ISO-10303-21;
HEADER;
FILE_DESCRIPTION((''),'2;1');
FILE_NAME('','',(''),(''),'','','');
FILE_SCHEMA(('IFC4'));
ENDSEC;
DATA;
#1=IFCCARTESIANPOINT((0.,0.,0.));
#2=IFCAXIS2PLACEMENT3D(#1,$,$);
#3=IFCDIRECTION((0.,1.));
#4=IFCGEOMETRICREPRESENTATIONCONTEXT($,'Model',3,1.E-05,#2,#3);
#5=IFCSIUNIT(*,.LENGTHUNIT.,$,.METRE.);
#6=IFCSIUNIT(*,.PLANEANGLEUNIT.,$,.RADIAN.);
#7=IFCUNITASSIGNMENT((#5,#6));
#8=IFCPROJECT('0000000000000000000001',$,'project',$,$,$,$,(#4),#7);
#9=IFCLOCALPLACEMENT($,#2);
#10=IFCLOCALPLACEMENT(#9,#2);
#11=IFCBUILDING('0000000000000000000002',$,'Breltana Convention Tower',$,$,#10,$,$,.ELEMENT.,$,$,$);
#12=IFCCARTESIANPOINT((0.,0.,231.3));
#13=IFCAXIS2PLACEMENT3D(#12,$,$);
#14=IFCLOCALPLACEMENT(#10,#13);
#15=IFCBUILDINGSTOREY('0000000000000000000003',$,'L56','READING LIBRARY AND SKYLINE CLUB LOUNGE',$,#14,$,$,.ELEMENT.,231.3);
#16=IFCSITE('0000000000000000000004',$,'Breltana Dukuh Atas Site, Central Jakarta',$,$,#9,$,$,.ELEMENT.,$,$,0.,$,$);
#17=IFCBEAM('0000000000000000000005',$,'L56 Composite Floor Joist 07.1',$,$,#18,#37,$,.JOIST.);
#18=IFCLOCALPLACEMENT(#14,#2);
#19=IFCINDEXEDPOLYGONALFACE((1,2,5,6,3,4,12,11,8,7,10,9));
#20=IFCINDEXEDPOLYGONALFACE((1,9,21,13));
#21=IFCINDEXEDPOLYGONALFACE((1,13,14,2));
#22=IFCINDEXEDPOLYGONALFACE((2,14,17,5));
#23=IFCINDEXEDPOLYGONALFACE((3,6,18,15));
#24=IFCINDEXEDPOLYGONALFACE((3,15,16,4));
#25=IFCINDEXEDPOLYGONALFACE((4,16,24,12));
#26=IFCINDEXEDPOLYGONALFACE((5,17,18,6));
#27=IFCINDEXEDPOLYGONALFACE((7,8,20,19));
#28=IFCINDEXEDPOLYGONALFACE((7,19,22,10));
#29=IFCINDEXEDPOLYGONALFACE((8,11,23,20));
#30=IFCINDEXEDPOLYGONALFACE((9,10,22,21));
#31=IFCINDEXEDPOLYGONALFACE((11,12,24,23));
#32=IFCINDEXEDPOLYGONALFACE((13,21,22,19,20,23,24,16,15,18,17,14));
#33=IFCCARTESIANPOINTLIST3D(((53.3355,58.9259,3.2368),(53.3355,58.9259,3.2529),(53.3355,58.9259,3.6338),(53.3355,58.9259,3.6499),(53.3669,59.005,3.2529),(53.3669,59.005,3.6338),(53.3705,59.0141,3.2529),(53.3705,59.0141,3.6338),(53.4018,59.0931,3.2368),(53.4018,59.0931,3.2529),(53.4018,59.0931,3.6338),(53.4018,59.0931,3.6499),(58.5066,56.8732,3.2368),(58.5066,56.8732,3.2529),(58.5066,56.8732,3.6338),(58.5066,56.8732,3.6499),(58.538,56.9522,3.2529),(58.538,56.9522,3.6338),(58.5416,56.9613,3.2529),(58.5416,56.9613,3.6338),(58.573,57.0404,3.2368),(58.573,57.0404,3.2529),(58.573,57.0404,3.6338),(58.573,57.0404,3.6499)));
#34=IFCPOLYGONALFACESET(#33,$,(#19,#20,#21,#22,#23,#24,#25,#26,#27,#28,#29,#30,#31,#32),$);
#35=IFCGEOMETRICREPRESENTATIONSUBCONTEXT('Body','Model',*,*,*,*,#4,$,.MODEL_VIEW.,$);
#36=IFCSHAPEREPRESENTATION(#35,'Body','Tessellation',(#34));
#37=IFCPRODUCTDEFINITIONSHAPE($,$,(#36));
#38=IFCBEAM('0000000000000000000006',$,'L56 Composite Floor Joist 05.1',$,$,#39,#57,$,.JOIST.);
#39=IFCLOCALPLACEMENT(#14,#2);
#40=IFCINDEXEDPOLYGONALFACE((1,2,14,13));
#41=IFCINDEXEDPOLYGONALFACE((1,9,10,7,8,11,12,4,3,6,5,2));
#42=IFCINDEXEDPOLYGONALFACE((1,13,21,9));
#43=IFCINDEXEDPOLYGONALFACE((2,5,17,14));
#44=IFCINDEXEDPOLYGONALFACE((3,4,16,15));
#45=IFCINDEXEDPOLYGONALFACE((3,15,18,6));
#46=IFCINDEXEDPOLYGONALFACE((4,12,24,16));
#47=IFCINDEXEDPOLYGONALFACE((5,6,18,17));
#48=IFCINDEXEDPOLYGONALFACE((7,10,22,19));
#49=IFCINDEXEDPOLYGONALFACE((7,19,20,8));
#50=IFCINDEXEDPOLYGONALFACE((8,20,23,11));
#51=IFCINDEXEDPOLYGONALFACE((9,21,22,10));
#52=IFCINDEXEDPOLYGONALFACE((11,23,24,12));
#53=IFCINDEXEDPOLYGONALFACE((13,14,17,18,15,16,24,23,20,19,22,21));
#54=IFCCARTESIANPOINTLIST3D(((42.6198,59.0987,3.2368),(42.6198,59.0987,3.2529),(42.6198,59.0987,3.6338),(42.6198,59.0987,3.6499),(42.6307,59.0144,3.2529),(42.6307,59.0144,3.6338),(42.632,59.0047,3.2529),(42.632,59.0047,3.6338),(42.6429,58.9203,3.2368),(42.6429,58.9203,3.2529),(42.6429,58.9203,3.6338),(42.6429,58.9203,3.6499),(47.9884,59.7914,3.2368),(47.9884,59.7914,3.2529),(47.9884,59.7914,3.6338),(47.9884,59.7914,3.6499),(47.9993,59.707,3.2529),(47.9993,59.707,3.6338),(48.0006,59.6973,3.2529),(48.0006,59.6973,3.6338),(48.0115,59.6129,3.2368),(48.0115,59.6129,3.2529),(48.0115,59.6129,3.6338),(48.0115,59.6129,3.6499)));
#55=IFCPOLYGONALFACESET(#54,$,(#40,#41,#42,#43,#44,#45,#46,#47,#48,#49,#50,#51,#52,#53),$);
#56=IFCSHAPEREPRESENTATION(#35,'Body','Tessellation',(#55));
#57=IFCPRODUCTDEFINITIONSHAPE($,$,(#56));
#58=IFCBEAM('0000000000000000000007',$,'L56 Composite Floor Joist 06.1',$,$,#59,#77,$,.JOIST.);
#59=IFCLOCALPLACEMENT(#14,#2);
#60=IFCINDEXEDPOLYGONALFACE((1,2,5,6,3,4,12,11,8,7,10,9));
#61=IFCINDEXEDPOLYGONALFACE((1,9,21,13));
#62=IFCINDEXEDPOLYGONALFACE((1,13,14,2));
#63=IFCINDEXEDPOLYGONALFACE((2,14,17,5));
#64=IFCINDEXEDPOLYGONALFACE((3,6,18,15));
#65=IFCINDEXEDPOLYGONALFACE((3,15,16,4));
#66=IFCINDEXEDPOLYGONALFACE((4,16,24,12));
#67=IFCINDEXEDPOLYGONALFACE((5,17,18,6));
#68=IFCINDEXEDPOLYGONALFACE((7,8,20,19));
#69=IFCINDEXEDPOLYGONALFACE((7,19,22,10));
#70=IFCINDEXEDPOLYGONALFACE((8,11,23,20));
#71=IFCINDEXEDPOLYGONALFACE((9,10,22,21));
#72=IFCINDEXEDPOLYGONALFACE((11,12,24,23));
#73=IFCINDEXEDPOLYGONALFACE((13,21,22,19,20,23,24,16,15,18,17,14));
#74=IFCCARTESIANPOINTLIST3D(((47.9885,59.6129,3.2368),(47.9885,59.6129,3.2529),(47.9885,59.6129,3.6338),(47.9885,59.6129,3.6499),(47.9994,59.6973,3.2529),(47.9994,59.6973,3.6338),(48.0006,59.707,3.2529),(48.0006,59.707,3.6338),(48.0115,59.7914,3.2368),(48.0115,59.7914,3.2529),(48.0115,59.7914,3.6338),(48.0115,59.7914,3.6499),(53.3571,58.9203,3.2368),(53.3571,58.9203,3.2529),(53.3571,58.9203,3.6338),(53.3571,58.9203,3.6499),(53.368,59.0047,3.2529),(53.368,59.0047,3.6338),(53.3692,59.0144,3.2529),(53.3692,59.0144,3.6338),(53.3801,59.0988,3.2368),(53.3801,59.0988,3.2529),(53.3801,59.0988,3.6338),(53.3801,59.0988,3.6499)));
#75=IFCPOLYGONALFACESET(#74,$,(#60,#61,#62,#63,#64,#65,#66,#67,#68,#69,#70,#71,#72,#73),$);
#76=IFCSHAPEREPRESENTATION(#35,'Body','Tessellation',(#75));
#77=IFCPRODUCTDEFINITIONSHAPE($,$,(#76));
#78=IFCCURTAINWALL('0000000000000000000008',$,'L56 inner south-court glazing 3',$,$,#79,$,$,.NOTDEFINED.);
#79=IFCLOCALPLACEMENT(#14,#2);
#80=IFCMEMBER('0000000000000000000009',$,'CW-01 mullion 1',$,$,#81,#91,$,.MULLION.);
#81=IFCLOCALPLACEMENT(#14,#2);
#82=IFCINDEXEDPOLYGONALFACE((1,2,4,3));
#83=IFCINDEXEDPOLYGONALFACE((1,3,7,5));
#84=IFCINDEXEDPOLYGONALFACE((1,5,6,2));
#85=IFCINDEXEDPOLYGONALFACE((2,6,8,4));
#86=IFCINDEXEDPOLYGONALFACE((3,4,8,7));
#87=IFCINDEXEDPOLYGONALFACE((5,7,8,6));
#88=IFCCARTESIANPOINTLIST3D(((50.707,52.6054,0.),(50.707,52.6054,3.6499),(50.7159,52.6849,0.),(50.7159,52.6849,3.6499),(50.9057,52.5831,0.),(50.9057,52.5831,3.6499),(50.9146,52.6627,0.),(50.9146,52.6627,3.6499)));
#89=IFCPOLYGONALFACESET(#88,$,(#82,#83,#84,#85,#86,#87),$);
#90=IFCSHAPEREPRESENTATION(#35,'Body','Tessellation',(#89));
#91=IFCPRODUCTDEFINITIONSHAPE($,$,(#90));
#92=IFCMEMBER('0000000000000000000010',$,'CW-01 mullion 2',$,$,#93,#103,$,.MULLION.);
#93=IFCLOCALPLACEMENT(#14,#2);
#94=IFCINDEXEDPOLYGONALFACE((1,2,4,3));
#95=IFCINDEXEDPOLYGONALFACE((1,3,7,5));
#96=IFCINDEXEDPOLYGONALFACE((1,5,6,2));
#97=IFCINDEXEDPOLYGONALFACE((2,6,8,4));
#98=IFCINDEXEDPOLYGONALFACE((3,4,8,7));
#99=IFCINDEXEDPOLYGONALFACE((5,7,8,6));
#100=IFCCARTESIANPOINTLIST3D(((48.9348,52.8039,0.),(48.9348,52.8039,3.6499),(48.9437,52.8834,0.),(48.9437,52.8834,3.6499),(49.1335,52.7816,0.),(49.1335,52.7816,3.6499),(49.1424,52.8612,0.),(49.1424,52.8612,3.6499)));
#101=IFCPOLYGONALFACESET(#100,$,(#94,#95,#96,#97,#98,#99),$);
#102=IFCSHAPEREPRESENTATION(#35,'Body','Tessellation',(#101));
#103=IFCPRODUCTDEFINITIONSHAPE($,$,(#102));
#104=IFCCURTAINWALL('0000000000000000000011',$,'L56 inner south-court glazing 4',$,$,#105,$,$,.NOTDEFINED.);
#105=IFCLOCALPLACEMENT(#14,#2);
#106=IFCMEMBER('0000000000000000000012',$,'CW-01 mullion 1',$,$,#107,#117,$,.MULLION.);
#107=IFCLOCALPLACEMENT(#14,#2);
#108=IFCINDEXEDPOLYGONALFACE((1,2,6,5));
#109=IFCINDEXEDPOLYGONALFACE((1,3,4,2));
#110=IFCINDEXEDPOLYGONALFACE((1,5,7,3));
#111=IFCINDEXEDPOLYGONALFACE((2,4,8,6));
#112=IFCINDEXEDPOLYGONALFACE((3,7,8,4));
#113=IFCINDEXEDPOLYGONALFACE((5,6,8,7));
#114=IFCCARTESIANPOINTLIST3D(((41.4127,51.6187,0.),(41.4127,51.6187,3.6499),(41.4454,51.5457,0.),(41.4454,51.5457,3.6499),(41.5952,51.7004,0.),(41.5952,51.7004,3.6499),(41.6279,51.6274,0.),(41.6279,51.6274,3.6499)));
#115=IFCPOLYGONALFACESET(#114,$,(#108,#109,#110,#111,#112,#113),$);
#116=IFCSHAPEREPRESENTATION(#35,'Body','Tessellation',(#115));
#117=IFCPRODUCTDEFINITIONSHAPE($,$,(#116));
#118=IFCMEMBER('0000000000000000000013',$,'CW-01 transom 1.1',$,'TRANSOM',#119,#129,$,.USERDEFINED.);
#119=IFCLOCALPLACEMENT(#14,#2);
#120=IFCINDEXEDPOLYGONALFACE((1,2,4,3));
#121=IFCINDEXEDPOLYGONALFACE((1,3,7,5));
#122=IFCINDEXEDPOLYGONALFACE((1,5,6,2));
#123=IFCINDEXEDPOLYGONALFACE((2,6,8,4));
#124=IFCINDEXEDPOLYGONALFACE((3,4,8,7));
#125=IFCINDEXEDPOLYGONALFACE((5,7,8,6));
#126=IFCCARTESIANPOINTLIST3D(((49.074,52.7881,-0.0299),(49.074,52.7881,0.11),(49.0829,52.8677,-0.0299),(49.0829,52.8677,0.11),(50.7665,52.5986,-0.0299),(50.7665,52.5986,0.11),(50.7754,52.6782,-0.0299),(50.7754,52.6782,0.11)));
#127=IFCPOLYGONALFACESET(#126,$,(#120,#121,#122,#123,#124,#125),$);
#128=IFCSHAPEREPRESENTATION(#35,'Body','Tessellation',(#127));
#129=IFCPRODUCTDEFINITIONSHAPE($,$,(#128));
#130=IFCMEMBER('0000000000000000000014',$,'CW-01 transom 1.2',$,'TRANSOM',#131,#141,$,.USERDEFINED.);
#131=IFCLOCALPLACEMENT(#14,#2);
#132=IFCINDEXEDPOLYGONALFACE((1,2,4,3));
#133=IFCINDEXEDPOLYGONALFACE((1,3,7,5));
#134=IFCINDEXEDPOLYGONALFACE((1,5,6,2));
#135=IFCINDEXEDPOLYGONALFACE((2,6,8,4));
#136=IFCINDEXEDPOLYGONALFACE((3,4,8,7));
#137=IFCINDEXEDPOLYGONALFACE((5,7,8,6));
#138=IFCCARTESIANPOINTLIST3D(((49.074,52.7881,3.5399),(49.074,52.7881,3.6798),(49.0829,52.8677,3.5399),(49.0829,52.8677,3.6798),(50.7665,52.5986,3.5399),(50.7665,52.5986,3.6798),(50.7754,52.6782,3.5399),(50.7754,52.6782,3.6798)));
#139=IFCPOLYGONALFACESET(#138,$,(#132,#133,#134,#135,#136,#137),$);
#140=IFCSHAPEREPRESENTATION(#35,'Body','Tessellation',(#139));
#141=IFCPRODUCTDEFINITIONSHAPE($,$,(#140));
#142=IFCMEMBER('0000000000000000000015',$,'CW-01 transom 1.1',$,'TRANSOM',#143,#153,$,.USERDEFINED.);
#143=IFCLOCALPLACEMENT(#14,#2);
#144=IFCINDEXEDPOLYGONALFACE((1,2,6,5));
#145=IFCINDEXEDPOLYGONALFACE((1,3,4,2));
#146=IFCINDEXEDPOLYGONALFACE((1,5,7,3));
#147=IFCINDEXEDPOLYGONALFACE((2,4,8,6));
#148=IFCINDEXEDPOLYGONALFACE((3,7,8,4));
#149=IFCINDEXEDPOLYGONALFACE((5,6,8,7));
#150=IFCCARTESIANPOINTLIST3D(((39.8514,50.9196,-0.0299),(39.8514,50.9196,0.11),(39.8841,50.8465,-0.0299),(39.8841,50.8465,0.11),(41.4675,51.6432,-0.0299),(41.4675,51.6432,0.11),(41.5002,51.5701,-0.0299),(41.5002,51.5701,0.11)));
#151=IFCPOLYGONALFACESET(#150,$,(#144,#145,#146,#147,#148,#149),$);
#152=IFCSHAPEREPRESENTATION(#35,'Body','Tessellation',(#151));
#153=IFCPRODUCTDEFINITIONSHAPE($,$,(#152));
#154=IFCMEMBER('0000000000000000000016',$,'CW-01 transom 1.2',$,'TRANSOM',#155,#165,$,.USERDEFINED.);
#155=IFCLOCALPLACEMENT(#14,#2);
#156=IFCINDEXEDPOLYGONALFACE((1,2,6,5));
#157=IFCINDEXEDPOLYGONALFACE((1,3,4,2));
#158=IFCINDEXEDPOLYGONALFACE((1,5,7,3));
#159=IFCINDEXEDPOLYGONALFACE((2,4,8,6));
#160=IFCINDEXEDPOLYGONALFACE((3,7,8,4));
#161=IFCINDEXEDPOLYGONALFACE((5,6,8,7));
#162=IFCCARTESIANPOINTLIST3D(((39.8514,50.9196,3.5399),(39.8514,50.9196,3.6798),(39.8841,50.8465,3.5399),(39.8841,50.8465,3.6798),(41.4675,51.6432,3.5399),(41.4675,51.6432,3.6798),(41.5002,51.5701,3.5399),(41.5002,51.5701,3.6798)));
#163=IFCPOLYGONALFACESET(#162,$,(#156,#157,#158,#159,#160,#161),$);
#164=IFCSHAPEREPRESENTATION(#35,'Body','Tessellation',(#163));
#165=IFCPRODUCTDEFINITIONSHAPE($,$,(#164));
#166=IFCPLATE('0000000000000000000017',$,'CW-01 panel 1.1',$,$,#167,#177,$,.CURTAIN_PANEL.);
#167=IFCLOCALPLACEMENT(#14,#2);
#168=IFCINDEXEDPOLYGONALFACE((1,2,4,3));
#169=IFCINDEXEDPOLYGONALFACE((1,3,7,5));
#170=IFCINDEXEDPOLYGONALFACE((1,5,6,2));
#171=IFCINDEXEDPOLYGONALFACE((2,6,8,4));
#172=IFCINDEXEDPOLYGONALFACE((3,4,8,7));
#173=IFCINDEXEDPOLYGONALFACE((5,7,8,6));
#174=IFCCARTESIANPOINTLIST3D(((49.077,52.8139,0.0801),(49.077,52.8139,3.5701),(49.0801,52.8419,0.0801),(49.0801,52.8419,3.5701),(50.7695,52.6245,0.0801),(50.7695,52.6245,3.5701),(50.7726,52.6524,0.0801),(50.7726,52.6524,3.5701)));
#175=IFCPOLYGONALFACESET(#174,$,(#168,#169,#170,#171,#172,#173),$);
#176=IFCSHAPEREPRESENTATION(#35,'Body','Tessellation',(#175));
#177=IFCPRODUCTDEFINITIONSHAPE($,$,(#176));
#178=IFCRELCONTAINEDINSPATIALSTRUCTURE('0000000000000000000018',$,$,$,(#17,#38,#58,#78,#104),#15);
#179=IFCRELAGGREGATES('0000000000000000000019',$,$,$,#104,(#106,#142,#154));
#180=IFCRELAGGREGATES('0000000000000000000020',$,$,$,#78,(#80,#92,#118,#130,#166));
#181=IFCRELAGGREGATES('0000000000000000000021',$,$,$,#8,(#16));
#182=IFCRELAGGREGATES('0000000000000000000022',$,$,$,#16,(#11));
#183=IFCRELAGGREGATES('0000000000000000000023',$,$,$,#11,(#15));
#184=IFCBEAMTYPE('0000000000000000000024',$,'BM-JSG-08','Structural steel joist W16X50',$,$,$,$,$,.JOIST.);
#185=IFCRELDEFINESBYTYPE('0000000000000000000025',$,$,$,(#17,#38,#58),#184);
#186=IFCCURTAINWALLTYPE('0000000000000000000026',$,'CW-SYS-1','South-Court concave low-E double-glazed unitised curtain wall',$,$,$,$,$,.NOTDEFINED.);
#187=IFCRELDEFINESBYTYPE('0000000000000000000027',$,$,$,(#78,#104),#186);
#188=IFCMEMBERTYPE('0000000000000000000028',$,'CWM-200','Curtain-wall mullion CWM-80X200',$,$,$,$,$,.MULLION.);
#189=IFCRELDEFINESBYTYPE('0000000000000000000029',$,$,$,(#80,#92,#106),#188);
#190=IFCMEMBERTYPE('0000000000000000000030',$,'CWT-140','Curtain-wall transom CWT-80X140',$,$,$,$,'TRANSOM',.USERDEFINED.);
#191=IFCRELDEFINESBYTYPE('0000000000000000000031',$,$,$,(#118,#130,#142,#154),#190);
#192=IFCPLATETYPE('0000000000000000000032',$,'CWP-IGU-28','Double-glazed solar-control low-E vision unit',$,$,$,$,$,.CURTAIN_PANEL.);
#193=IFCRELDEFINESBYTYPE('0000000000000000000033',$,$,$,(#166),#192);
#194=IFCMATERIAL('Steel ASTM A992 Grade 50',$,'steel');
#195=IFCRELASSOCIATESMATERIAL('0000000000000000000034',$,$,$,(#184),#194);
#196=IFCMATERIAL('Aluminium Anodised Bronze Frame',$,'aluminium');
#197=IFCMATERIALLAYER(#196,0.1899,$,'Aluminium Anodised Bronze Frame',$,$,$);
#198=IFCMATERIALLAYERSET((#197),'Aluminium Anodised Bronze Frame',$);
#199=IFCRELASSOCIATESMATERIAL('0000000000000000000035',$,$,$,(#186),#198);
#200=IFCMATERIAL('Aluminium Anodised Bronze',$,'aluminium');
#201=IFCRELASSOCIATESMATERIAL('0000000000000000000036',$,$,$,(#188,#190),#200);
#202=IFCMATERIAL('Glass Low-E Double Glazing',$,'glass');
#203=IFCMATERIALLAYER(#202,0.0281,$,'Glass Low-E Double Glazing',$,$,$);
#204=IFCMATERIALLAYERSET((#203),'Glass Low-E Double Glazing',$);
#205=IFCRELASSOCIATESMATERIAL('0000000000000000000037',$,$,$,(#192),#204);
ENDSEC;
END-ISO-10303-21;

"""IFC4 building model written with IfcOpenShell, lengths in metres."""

from ifc_helpers import new_model, si_unit, direction, frame, origin, origin_2d, place, context, subcontext, project, spatial, rectangle, i_section, extrude, source, transform, mapped, material, layer, layer_set, material_profile, profile_set, type_object, element, aggregate, save


model = new_model("IFC4")

# Units and contexts
model_context = context("Model", 3, precision=1e-05, world=origin(), true_north=direction((0.0, 1.0)))
body_context = subcontext(model_context, "Body", "Model", "MODEL_VIEW")
ifc_project = project(units=[si_unit("LENGTHUNIT", "METRE"), si_unit("PLANEANGLEUNIT", "RADIAN")], contexts=[model_context])

# Site, building, storey
site_placement = place(None, origin())
site = spatial("IfcSite", under=ifc_project, at=site_placement, Name="Breltana Dukuh Atas Site, Central Jakarta", CompositionType="ELEMENT", RefElevation=0.0)
building_placement = place(site_placement, origin())
building = spatial("IfcBuilding", under=site, at=building_placement, Name="Breltana Convention Tower", CompositionType="ELEMENT")
storey_placement = place(building_placement, frame((0.0, 0.0, 231.3)))
storey = spatial("IfcBuildingStorey", under=building, at=storey_placement, Name="L56", Description="READING LIBRARY AND SKYLINE CLUB LOUNGE", CompositionType="ELEMENT", Elevation=231.3)

# Shared definitions
ifc_material_1 = material(Name="Steel ASTM A992 Grade 50", Category="steel")

# Beams
ifc_material_profile_1 = material_profile(ifc_material_1, i_section(OverallWidth=0.1799, OverallDepth=0.4131, WebThickness=0.0098, FlangeThickness=0.0161, at=origin_2d()), Name="W16X50")
ifc_profile_set_1 = profile_set([ifc_material_profile_1], Name="Steel ASTM A992 Grade 50")
beam_type_1 = type_object("IfcBeamType", Name="BM-JSG-08", Description="Structural steel joist W16X50", PredefinedType="JOIST", material=ifc_profile_set_1)
shared_shape_1 = source(origin(), body_context, "Body", "SweptSolid", [
    extrude(i_section(OverallWidth=0.1799, OverallDepth=0.4131, WebThickness=0.0098, FlangeThickness=0.0161, at=origin_2d()), origin(), (0.0, 0.0, 1.0), 5.5637),
])
beam_1_placement = place(storey_placement, frame((53.3687, 59.0095, 3.4434), z_axis=(0.929448, -0.368953, 0.0), x_axis=(0.368953, 0.929448, 0.0)))
element("IfcBeam", 1, at=beam_1_placement, inside=storey, type_object=beam_type_1, Name="L56 Composite Floor Joist 07.1", PredefinedType="JOIST", context=body_context, shape_type="MappedRepresentation", body=[
    mapped(shared_shape_1, transform((0.0, 0.0, 0.0), scale=1.0)),
])
shared_shape_2 = source(origin(), body_context, "Body", "SweptSolid", [
    extrude(i_section(OverallWidth=0.1799, OverallDepth=0.4131, WebThickness=0.0098, FlangeThickness=0.0161, at=origin_2d()), origin(), (0.0, 0.0, 1.0), 5.4131),
])
for number, where, z_axis, x_axis, name in (
    (2, (42.6313, 59.0095, 3.4434), (0.99178, 0.127953, 0.0), (-0.127953, 0.99178, 0.0), "L56 Composite Floor Joist 05.1"),
    (3, (48.0, 59.7021, 3.4434), (0.99178, -0.127953, 0.0), (0.127953, 0.99178, 0.0), "L56 Composite Floor Joist 06.1"),
):
    element("IfcBeam", number, at=place(storey_placement, frame(where, z_axis=z_axis, x_axis=x_axis)), inside=storey, type_object=beam_type_1, Name=name, PredefinedType="JOIST", context=body_context, shape_type="MappedRepresentation", body=[
        mapped(shared_shape_2, transform((0.0, 0.0, 0.0), scale=1.0)),
    ])

# Curtain wall, members
ifc_material_2 = material(Name="Aluminium Anodised Bronze Frame", Category="aluminium")
ifc_layer_1 = layer(ifc_material_2, 0.1899, Name="Aluminium Anodised Bronze Frame")
ifc_layer_set_1 = layer_set([ifc_layer_1], Name="Aluminium Anodised Bronze Frame")
curtain_wall_type = type_object("IfcCurtainWallType", Name="CW-SYS-1", Description="South-Court concave low-E double-glazed unitised curtain wall", PredefinedType="NOTDEFINED", material=ifc_layer_set_1)
curtain_wall_1_placement = place(storey_placement, origin())
curtain_wall_1 = element("IfcCurtainWall", 4, at=curtain_wall_1_placement, inside=storey, type_object=curtain_wall_type, Name="L56 inner south-court glazing 3", PredefinedType="NOTDEFINED")
ifc_material_3 = material(Name="Aluminium Anodised Bronze", Category="aluminium")
ifc_material_profile_2 = material_profile(ifc_material_3, rectangle(XDim=0.0801, YDim=0.2, at=origin_2d()), Name="CWM-80X200")
ifc_profile_set_2 = profile_set([ifc_material_profile_2], Name="Aluminium Anodised Bronze")
member_type_1 = type_object("IfcMemberType", Name="CWM-200", Description="Curtain-wall mullion CWM-80X200", PredefinedType="MULLION", material=ifc_profile_set_2)
shared_shape_3 = source(origin(), body_context, "Body", "SweptSolid", [
    extrude(rectangle(XDim=0.0801, YDim=0.2, at=origin_2d()), origin(), (0.0, 0.0, 1.0), 3.6499),
])
member_1_placement = place(storey_placement, frame((50.8108, 52.634, 0.0), z_axis=(0.0, 0.0, 1.0), x_axis=(-0.111262, -0.993791, 0.0)))
member_1 = element("IfcMember", 5, at=member_1_placement, type_object=member_type_1, Name="CW-01 mullion 1", PredefinedType="MULLION", context=body_context, shape_type="MappedRepresentation", body=[
    mapped(shared_shape_3, transform((0.0, 0.0, 0.0), scale=1.0)),
])
member_2_placement = place(storey_placement, frame((49.0386, 52.8325, 0.0), z_axis=(0.0, 0.0, 1.0), x_axis=(-0.111262, -0.993791, 0.0)))
member_2 = element("IfcMember", 6, at=member_2_placement, type_object=member_type_1, Name="CW-01 mullion 2", PredefinedType="MULLION", context=body_context, shape_type="MappedRepresentation", body=[
    mapped(shared_shape_3, transform((0.0, 0.0, 0.0), scale=1.0)),
])

# Curtain wall, member
curtain_wall_2_placement = place(storey_placement, origin())
curtain_wall_2 = element("IfcCurtainWall", 7, at=curtain_wall_2_placement, inside=storey, type_object=curtain_wall_type, Name="L56 inner south-court glazing 4", PredefinedType="NOTDEFINED")
member_3_placement = place(storey_placement, frame((41.5203, 51.623, 0.0), z_axis=(0.0, 0.0, 1.0), x_axis=(0.408602, -0.912713, 0.0)))
member_3 = element("IfcMember", 8, at=member_3_placement, type_object=member_type_1, Name="CW-01 mullion 1", PredefinedType="MULLION", context=body_context, shape_type="MappedRepresentation", body=[
    mapped(shared_shape_3, transform((0.0, 0.0, 0.0), scale=1.0)),
])

# Members
ifc_material_profile_3 = material_profile(ifc_material_3, rectangle(XDim=0.0801, YDim=0.1399, at=origin_2d()), Name="CWT-80X140")
ifc_profile_set_3 = profile_set([ifc_material_profile_3], Name="Aluminium Anodised Bronze")
member_type_2 = type_object("IfcMemberType", Name="CWT-140", Description="Curtain-wall transom CWT-80X140", ElementType="TRANSOM", PredefinedType="USERDEFINED", material=ifc_profile_set_3)
shared_shape_4 = source(origin(), body_context, "Body", "SweptSolid", [
    extrude(rectangle(XDim=0.0801, YDim=0.1399, at=origin_2d()), origin(), (0.0, 0.0, 1.0), 1.7031),
])
member_4_placement = place(storey_placement, frame((50.771, 52.6384, 0.04), z_axis=(-0.993794, 0.111234, 0.0), x_axis=(-0.111234, -0.993794, 0.0)))
member_4 = element("IfcMember", 9, at=member_4_placement, type_object=member_type_2, Name="CW-01 transom 1.1", ObjectType="TRANSOM", PredefinedType="USERDEFINED", context=body_context, shape_type="MappedRepresentation", body=[
    mapped(shared_shape_4, transform((0.0, 0.0, 0.0), scale=1.0)),
])
member_5_placement = place(storey_placement, frame((50.771, 52.6384, 3.6099), z_axis=(-0.993794, 0.111234, 0.0), x_axis=(-0.111234, -0.993794, 0.0)))
member_5 = element("IfcMember", 10, at=member_5_placement, type_object=member_type_2, Name="CW-01 transom 1.2", ObjectType="TRANSOM", PredefinedType="USERDEFINED", context=body_context, shape_type="MappedRepresentation", body=[
    mapped(shared_shape_4, transform((0.0, 0.0, 0.0), scale=1.0)),
])
shared_shape_5 = source(origin(), body_context, "Body", "SweptSolid", [
    extrude(rectangle(XDim=0.0801, YDim=0.1399, at=origin_2d()), origin(), (0.0, 0.0, 1.0), 1.7708),
])
member_6_placement = place(storey_placement, frame((41.4839, 51.6067, 0.04), z_axis=(-0.912694, -0.408644, 0.0), x_axis=(0.408644, -0.912694, 0.0)))
member_6 = element("IfcMember", 11, at=member_6_placement, type_object=member_type_2, Name="CW-01 transom 1.1", ObjectType="TRANSOM", PredefinedType="USERDEFINED", context=body_context, shape_type="MappedRepresentation", body=[
    mapped(shared_shape_5, transform((0.0, 0.0, 0.0), scale=1.0)),
])
member_7_placement = place(storey_placement, frame((41.4839, 51.6067, 3.6099), z_axis=(-0.912694, -0.408644, 0.0), x_axis=(0.408644, -0.912694, 0.0)))
member_7 = element("IfcMember", 12, at=member_7_placement, type_object=member_type_2, Name="CW-01 transom 1.2", ObjectType="TRANSOM", PredefinedType="USERDEFINED", context=body_context, shape_type="MappedRepresentation", body=[
    mapped(shared_shape_5, transform((0.0, 0.0, 0.0), scale=1.0)),
])
aggregate(curtain_wall_2, [member_3, member_6, member_7])

# Plate
ifc_material_4 = material(Name="Glass Low-E Double Glazing", Category="glass")
ifc_layer_2 = layer(ifc_material_4, 0.0281, Name="Glass Low-E Double Glazing")
ifc_layer_set_2 = layer_set([ifc_layer_2], Name="Glass Low-E Double Glazing")
plate_type = type_object("IfcPlateType", Name="CWP-IGU-28", Description="Double-glazed solar-control low-E vision unit", PredefinedType="CURTAIN_PANEL", material=ifc_layer_set_2)
shared_shape_6 = source(origin(), body_context, "Body", "SweptSolid", [
    extrude(rectangle(XDim=1.7031, YDim=0.0281, at=origin_2d()), origin(), (0.0, 0.0, 1.0), 3.49),
])
plate_placement = place(storey_placement, frame((49.9248, 52.7332, 0.0801), z_axis=(0.0, 0.0, 1.0), x_axis=(-0.993791, 0.111262, 0.0)))
plate = element("IfcPlate", 13, at=plate_placement, type_object=plate_type, Name="CW-01 panel 1.1", PredefinedType="CURTAIN_PANEL", context=body_context, shape_type="MappedRepresentation", body=[
    mapped(shared_shape_6, transform((0.0, 0.0, 0.0), scale=1.0)),
])
aggregate(curtain_wall_1, [member_1, member_2, member_4, member_5, plate])

save(model, "model.ifc")
